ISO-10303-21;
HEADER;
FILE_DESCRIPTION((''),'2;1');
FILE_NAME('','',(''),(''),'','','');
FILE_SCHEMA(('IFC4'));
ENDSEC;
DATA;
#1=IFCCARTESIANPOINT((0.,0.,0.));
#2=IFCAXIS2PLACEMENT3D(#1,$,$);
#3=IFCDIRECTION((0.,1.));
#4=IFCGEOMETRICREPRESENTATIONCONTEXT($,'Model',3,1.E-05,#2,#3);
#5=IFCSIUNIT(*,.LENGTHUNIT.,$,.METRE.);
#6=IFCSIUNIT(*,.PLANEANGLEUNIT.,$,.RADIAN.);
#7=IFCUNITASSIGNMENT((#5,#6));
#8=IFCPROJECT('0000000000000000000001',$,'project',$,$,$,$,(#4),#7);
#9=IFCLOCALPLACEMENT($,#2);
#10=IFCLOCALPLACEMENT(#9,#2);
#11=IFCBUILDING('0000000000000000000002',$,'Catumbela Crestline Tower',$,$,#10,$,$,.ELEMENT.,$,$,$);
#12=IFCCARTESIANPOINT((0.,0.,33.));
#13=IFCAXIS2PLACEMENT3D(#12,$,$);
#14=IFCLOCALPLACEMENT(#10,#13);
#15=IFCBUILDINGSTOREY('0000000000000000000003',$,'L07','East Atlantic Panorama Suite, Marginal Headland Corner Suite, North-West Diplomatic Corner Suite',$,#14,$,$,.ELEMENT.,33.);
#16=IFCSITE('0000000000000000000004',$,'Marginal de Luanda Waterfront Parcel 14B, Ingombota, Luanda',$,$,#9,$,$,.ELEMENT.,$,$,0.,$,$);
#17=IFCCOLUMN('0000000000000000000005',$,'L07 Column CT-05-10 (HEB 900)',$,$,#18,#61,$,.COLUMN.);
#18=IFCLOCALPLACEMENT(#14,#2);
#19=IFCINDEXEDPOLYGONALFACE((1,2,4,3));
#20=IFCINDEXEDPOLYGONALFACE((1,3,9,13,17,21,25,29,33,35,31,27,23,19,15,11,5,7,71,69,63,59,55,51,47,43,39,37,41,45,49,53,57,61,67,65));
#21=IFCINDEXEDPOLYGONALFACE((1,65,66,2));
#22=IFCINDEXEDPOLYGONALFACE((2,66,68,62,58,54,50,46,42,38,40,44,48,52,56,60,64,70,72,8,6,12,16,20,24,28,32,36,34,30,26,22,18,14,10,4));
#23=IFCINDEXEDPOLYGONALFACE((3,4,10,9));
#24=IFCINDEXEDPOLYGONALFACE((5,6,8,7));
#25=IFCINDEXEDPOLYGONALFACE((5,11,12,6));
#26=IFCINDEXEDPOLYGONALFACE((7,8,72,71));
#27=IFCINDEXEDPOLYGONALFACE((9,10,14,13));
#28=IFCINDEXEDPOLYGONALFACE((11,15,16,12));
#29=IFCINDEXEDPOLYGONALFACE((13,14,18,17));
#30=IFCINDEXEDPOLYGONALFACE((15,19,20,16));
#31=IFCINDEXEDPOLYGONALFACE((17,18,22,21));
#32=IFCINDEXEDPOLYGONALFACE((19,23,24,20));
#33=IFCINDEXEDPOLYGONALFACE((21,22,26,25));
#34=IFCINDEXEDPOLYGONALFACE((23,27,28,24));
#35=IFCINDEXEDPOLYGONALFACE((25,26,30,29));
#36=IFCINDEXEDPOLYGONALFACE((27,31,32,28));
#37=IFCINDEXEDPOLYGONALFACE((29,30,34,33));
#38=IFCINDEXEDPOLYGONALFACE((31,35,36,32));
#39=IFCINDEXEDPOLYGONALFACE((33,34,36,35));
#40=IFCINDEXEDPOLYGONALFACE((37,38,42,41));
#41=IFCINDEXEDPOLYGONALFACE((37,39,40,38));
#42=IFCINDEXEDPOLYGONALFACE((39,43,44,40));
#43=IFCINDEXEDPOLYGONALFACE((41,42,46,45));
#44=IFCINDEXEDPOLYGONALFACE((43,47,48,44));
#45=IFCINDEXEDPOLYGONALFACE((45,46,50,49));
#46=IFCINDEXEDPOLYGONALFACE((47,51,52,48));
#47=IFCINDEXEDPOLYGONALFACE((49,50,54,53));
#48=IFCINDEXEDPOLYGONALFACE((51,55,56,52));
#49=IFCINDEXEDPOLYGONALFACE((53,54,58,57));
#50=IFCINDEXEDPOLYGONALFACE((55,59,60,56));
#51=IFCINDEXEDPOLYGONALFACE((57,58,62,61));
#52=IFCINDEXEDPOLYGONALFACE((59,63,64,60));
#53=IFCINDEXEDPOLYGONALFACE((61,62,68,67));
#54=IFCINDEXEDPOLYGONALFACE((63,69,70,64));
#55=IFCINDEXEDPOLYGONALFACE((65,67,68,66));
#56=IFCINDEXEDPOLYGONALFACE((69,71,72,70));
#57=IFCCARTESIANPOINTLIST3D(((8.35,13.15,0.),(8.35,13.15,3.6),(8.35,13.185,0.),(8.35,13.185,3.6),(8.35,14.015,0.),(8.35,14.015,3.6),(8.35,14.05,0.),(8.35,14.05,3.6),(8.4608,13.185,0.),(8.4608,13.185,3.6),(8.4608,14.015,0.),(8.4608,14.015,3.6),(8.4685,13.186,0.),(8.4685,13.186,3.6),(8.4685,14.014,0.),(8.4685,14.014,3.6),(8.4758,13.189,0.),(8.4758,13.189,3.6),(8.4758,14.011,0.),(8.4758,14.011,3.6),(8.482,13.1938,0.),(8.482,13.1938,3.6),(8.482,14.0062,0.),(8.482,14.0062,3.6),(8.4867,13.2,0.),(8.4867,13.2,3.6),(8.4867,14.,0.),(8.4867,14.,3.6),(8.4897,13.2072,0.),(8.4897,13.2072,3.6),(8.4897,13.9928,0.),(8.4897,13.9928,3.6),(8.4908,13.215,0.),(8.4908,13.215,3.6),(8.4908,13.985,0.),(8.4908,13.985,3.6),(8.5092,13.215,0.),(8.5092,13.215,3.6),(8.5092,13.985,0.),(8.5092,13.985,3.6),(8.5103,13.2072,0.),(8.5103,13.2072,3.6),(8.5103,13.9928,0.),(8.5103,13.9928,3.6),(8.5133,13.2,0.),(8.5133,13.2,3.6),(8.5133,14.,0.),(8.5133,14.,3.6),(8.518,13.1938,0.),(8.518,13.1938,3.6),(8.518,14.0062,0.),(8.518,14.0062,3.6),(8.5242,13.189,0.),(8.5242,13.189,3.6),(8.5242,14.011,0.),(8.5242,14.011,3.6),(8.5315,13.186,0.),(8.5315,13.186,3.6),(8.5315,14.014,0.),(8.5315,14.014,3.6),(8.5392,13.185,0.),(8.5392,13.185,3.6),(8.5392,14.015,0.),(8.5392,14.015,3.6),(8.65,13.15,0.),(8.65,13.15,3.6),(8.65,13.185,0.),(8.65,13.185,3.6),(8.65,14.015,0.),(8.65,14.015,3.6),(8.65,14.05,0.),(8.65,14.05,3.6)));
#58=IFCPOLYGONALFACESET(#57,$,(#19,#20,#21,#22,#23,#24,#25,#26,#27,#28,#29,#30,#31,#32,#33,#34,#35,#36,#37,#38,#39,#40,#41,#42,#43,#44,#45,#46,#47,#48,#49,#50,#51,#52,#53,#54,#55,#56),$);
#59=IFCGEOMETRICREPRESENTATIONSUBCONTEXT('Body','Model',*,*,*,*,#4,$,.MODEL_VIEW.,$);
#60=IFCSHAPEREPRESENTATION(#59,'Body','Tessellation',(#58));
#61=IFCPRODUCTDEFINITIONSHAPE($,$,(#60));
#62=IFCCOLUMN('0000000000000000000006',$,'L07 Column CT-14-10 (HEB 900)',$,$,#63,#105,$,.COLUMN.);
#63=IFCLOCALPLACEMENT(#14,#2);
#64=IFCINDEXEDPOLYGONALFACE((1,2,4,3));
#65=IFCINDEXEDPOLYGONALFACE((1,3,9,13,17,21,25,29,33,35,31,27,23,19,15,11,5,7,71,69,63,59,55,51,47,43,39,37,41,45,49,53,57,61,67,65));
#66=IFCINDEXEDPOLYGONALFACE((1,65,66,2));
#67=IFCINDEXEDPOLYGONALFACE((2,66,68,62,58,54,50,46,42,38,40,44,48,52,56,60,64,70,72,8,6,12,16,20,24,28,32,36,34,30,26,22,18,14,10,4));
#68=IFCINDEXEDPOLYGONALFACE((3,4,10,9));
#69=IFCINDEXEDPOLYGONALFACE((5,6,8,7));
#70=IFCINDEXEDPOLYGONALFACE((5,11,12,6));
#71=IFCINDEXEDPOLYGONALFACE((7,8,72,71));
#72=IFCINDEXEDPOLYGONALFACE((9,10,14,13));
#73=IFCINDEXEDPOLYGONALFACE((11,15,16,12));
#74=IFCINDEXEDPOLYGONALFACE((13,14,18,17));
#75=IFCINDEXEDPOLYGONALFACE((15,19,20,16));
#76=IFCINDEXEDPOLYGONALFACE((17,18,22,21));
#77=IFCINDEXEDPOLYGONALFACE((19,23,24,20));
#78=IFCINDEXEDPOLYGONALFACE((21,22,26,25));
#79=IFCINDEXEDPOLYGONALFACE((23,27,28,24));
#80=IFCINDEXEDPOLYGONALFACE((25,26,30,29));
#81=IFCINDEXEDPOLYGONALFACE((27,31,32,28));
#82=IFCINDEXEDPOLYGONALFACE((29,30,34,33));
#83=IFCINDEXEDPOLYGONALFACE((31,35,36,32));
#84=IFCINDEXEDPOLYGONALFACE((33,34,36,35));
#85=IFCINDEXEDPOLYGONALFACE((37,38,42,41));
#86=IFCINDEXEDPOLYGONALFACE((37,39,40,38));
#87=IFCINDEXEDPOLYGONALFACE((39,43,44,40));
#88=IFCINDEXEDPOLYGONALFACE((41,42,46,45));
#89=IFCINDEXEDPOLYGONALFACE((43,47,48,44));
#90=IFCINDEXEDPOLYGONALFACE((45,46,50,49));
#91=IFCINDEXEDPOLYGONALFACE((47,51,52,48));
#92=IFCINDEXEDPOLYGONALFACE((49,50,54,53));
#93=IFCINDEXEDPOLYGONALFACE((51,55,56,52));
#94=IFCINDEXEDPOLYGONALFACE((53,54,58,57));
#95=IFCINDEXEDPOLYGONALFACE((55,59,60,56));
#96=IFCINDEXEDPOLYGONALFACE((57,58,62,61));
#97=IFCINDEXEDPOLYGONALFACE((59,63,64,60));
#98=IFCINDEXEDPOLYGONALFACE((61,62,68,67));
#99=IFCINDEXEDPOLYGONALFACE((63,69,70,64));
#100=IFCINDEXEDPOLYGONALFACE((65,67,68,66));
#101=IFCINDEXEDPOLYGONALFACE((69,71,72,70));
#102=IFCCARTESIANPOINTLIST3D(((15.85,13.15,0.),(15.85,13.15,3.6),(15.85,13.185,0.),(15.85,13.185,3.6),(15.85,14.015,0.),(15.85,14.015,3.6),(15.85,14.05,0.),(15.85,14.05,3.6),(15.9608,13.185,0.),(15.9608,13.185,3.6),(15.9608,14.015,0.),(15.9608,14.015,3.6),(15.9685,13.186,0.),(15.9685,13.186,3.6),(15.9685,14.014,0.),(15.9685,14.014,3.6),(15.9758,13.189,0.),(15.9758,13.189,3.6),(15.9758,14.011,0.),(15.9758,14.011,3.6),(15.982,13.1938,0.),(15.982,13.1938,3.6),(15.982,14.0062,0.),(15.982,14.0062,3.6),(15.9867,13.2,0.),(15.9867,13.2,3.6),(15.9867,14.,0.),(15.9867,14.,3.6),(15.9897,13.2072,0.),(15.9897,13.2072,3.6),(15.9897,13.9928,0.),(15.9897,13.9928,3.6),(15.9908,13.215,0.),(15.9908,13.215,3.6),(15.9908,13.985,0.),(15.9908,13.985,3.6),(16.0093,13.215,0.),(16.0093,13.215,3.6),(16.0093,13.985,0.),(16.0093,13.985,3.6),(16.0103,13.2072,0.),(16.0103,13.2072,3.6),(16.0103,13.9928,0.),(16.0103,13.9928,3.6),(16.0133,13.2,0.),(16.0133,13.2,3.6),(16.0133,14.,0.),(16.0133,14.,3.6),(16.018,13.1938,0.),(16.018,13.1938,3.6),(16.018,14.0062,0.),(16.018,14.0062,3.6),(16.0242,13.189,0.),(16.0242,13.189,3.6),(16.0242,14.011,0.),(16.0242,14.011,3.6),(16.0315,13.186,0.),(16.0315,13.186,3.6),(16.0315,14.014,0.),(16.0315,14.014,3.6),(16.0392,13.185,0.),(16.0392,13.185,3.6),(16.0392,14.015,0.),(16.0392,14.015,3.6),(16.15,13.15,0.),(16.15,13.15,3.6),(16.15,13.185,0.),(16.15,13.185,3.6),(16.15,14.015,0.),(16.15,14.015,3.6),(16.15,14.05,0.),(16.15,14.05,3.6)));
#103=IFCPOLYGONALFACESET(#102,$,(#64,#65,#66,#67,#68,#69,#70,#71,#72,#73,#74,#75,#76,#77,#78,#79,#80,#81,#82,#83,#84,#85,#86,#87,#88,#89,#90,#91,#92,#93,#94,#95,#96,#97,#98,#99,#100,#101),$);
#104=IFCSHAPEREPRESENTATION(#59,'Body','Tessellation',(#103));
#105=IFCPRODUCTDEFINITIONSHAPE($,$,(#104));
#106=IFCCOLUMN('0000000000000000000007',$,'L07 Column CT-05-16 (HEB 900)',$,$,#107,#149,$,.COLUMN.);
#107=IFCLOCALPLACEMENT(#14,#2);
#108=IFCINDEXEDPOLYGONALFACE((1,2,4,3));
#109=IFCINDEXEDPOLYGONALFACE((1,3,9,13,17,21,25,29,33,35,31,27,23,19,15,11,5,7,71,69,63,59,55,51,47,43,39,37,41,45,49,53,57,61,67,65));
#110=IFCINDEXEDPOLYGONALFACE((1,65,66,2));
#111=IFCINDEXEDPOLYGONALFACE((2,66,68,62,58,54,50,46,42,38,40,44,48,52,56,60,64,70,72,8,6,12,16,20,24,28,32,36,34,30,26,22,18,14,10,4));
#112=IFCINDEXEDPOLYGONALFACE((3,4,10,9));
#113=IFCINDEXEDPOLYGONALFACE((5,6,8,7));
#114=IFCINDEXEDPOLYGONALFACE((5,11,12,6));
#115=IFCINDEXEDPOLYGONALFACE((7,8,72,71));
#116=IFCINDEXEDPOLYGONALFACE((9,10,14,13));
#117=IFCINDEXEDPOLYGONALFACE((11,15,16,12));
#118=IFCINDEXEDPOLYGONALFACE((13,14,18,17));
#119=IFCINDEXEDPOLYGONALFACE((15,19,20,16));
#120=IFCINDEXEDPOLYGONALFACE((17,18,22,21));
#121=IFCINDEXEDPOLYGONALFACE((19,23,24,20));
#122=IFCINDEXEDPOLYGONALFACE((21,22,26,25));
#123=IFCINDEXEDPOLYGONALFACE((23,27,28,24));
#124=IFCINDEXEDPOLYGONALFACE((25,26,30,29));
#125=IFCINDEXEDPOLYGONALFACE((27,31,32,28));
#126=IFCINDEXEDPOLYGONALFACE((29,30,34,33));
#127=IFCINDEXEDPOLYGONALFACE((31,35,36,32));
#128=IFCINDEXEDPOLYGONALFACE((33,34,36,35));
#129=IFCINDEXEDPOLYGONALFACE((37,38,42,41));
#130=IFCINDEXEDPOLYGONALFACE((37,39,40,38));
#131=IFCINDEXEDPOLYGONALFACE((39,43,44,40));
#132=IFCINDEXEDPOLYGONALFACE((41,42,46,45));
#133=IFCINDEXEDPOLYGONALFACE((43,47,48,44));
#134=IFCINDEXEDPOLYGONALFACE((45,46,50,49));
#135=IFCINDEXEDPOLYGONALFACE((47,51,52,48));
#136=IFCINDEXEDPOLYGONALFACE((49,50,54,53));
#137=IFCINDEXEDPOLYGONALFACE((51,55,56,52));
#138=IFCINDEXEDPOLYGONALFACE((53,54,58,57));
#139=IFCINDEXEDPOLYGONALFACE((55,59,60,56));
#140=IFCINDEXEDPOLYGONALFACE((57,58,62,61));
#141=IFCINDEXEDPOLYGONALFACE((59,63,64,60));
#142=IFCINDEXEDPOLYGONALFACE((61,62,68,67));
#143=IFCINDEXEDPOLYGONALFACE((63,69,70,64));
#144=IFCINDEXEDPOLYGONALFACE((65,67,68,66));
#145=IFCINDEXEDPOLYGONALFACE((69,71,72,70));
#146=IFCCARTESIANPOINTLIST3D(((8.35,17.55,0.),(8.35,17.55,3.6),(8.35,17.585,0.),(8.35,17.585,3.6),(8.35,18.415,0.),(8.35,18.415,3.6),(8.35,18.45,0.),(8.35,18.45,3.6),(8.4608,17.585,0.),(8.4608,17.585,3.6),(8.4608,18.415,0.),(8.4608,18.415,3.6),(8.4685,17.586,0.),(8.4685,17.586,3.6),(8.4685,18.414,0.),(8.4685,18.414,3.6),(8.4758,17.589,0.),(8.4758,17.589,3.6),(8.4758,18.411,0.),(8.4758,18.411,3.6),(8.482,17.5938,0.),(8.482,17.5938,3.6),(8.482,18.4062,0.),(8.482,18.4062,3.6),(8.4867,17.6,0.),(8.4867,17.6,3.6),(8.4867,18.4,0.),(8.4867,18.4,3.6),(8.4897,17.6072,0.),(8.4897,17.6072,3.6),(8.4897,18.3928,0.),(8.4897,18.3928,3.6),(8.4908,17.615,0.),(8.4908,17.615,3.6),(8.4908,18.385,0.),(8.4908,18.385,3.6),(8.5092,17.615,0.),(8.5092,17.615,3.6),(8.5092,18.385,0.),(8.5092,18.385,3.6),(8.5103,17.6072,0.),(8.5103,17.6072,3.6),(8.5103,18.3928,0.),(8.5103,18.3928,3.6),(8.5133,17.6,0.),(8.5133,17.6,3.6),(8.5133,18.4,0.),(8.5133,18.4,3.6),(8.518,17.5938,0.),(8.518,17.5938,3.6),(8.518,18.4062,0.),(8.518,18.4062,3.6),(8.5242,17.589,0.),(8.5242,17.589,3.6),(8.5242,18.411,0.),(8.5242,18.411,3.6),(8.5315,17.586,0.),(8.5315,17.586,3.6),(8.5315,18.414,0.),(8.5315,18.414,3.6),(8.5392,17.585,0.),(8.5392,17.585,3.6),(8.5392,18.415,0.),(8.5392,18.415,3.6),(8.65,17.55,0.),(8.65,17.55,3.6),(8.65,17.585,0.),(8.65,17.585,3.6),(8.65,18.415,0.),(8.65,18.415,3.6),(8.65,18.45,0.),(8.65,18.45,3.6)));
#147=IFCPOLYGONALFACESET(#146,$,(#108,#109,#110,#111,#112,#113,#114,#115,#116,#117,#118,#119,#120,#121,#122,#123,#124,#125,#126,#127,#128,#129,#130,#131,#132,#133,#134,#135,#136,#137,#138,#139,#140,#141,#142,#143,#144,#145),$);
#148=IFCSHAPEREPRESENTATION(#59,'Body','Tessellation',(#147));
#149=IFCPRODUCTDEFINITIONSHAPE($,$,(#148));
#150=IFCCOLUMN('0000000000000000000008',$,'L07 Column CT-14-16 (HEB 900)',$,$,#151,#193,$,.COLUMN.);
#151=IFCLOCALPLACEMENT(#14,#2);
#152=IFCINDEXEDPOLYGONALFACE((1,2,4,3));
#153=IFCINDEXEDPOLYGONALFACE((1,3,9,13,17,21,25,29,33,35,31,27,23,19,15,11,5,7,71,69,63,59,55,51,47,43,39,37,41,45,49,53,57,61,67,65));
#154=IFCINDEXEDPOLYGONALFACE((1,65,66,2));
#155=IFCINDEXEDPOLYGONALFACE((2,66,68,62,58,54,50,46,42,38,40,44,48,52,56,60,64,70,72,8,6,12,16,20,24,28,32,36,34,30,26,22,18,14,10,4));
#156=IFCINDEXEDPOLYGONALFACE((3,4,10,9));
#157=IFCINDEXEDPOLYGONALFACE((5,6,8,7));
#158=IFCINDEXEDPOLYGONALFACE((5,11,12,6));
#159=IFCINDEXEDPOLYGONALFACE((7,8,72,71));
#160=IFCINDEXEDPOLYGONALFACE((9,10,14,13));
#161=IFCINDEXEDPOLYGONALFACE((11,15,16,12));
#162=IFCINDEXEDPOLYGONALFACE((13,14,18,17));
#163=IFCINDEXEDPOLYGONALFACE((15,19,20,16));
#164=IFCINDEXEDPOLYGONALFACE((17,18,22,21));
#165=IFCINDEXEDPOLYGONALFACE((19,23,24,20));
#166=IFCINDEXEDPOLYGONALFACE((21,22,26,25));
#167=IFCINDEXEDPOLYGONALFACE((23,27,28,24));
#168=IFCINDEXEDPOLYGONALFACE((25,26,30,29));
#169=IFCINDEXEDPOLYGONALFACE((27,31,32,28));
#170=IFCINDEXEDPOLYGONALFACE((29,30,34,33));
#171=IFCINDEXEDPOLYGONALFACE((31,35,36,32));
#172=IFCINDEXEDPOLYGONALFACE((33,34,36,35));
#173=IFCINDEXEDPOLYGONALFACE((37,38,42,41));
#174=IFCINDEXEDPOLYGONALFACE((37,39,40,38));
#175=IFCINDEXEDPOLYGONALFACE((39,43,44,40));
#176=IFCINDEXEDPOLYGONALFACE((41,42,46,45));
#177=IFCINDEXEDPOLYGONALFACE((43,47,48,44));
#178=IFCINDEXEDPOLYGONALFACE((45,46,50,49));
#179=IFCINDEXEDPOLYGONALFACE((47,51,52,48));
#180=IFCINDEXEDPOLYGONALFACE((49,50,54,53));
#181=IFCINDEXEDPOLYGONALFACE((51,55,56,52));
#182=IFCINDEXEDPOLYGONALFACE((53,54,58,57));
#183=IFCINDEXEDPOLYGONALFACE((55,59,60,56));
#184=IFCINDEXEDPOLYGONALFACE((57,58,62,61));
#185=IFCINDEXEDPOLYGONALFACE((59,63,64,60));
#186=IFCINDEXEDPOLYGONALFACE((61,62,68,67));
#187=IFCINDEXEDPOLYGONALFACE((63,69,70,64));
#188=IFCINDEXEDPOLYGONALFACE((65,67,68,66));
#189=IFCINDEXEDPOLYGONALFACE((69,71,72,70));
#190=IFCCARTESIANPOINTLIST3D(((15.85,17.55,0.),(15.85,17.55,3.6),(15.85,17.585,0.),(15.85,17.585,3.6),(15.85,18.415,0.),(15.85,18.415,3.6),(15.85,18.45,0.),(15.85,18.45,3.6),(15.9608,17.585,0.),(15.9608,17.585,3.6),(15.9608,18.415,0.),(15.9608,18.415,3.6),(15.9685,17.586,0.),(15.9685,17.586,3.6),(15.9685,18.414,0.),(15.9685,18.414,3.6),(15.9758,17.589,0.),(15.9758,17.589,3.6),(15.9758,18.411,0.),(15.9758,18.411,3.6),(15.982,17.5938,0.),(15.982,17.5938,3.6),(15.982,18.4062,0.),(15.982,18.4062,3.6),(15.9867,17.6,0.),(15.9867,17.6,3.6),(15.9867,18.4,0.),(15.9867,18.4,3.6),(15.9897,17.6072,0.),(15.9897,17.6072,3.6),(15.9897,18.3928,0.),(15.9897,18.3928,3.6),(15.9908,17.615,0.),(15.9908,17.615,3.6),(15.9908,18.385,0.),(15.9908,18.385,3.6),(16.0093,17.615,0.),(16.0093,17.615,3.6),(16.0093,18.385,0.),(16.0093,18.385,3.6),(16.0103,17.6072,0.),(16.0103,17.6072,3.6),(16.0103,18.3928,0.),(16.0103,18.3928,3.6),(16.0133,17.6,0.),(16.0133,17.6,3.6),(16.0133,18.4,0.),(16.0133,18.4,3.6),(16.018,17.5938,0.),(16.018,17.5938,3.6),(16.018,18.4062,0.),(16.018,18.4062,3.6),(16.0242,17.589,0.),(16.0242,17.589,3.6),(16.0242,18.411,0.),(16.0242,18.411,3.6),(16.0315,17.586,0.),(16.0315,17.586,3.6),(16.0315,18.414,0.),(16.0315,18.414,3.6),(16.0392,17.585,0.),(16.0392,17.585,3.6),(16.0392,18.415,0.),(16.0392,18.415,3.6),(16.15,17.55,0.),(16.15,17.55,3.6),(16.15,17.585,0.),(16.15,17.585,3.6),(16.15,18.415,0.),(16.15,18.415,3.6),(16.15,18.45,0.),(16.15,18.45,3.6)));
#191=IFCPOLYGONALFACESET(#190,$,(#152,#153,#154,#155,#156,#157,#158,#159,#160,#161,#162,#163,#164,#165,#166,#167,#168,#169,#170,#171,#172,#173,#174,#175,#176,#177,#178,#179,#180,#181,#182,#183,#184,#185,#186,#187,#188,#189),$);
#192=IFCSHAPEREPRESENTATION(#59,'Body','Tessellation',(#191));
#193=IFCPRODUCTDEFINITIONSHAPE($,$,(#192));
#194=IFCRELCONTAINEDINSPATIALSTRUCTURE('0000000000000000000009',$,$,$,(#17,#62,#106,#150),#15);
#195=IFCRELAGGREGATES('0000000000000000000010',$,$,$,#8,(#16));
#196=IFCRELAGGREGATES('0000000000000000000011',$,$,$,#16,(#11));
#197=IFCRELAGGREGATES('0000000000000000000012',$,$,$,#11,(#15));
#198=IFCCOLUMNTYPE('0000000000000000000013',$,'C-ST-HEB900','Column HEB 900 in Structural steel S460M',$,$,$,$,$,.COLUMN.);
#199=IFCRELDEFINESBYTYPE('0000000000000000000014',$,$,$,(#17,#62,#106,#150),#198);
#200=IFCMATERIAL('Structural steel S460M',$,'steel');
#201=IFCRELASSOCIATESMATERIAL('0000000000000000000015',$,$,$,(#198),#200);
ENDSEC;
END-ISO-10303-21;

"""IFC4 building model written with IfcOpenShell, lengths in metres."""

from ifc_helpers import new_model, si_unit, direction, frame, origin, origin_2d, place, context, subcontext, project, spatial, i_section, extrude, material, material_profile, profile_set, type_object, element, save


model = new_model("IFC4")

# Units and contexts
model_context = context("Model", 3, precision=1e-05, world=origin(), true_north=direction((0.0, 1.0)))
body_context = subcontext(model_context, "Body", "Model", "MODEL_VIEW")
ifc_project = project(units=[si_unit("LENGTHUNIT", "METRE"), si_unit("PLANEANGLEUNIT", "RADIAN")], contexts=[model_context])

# Site, building, storey
site_placement = place(None, origin())
site = spatial("IfcSite", under=ifc_project, at=site_placement, Name="Marginal de Luanda Waterfront Parcel 14B, Ingombota, Luanda", CompositionType="ELEMENT", RefElevation=0.0)
building_placement = place(site_placement, origin())
building = spatial("IfcBuilding", under=site, at=building_placement, Name="Catumbela Crestline Tower", CompositionType="ELEMENT")
storey_placement = place(building_placement, frame((0.0, 0.0, 33.0)))
storey = spatial("IfcBuildingStorey", under=building, at=storey_placement, Name="L07", Description="East Atlantic Panorama Suite, Marginal Headland Corner Suite, North-West Diplomatic Corner Suite", CompositionType="ELEMENT", Elevation=33.0)

# Columns
ifc_material_1 = material(Name="Structural steel S460M", Category="steel")
ifc_material_profile_1 = material_profile(ifc_material_1, i_section(OverallWidth=0.3, OverallDepth=0.9, WebThickness=0.0185, FlangeThickness=0.035, FilletRadius=0.03, at=origin_2d()), Name="HEB 900")
ifc_profile_set_1 = profile_set([ifc_material_profile_1], Name="Structural steel S460M")
column_type = type_object("IfcColumnType", Name="C-ST-HEB900", Description="Column HEB 900 in Structural steel S460M", PredefinedType="COLUMN", material=ifc_profile_set_1)
for number, where, z_axis, x_axis, name in (
    (1, (8.5, 13.6, 0.0), (0.0, 0.0, 1.0), (1.0, 0.0, 0.0), "L07 Column CT-05-10 (HEB 900)"),
    (2, (16.0, 13.6, 0.0), (0.0, 0.0, 1.0), (1.0, 0.0, 0.0), "L07 Column CT-14-10 (HEB 900)"),
    (3, (8.5, 18.0, 0.0), (0.0, 0.0, 1.0), (1.0, 0.0, 0.0), "L07 Column CT-05-16 (HEB 900)"),
    (4, (16.0, 18.0, 0.0), (0.0, 0.0, 1.0), (1.0, 0.0, 0.0), "L07 Column CT-14-16 (HEB 900)"),
):
    element("IfcColumn", number, at=place(storey_placement, frame(where, z_axis=z_axis, x_axis=x_axis)), inside=storey, type_object=column_type, Name=name, PredefinedType="COLUMN", context=body_context, shape_type="SweptSolid", body=[
        extrude(i_section(OverallWidth=0.3, OverallDepth=0.9, WebThickness=0.0185, FlangeThickness=0.035, FilletRadius=0.03, at=origin_2d()), origin(), (0.0, 0.0, 1.0), 3.6),
    ])

save(model, "model.ifc")
